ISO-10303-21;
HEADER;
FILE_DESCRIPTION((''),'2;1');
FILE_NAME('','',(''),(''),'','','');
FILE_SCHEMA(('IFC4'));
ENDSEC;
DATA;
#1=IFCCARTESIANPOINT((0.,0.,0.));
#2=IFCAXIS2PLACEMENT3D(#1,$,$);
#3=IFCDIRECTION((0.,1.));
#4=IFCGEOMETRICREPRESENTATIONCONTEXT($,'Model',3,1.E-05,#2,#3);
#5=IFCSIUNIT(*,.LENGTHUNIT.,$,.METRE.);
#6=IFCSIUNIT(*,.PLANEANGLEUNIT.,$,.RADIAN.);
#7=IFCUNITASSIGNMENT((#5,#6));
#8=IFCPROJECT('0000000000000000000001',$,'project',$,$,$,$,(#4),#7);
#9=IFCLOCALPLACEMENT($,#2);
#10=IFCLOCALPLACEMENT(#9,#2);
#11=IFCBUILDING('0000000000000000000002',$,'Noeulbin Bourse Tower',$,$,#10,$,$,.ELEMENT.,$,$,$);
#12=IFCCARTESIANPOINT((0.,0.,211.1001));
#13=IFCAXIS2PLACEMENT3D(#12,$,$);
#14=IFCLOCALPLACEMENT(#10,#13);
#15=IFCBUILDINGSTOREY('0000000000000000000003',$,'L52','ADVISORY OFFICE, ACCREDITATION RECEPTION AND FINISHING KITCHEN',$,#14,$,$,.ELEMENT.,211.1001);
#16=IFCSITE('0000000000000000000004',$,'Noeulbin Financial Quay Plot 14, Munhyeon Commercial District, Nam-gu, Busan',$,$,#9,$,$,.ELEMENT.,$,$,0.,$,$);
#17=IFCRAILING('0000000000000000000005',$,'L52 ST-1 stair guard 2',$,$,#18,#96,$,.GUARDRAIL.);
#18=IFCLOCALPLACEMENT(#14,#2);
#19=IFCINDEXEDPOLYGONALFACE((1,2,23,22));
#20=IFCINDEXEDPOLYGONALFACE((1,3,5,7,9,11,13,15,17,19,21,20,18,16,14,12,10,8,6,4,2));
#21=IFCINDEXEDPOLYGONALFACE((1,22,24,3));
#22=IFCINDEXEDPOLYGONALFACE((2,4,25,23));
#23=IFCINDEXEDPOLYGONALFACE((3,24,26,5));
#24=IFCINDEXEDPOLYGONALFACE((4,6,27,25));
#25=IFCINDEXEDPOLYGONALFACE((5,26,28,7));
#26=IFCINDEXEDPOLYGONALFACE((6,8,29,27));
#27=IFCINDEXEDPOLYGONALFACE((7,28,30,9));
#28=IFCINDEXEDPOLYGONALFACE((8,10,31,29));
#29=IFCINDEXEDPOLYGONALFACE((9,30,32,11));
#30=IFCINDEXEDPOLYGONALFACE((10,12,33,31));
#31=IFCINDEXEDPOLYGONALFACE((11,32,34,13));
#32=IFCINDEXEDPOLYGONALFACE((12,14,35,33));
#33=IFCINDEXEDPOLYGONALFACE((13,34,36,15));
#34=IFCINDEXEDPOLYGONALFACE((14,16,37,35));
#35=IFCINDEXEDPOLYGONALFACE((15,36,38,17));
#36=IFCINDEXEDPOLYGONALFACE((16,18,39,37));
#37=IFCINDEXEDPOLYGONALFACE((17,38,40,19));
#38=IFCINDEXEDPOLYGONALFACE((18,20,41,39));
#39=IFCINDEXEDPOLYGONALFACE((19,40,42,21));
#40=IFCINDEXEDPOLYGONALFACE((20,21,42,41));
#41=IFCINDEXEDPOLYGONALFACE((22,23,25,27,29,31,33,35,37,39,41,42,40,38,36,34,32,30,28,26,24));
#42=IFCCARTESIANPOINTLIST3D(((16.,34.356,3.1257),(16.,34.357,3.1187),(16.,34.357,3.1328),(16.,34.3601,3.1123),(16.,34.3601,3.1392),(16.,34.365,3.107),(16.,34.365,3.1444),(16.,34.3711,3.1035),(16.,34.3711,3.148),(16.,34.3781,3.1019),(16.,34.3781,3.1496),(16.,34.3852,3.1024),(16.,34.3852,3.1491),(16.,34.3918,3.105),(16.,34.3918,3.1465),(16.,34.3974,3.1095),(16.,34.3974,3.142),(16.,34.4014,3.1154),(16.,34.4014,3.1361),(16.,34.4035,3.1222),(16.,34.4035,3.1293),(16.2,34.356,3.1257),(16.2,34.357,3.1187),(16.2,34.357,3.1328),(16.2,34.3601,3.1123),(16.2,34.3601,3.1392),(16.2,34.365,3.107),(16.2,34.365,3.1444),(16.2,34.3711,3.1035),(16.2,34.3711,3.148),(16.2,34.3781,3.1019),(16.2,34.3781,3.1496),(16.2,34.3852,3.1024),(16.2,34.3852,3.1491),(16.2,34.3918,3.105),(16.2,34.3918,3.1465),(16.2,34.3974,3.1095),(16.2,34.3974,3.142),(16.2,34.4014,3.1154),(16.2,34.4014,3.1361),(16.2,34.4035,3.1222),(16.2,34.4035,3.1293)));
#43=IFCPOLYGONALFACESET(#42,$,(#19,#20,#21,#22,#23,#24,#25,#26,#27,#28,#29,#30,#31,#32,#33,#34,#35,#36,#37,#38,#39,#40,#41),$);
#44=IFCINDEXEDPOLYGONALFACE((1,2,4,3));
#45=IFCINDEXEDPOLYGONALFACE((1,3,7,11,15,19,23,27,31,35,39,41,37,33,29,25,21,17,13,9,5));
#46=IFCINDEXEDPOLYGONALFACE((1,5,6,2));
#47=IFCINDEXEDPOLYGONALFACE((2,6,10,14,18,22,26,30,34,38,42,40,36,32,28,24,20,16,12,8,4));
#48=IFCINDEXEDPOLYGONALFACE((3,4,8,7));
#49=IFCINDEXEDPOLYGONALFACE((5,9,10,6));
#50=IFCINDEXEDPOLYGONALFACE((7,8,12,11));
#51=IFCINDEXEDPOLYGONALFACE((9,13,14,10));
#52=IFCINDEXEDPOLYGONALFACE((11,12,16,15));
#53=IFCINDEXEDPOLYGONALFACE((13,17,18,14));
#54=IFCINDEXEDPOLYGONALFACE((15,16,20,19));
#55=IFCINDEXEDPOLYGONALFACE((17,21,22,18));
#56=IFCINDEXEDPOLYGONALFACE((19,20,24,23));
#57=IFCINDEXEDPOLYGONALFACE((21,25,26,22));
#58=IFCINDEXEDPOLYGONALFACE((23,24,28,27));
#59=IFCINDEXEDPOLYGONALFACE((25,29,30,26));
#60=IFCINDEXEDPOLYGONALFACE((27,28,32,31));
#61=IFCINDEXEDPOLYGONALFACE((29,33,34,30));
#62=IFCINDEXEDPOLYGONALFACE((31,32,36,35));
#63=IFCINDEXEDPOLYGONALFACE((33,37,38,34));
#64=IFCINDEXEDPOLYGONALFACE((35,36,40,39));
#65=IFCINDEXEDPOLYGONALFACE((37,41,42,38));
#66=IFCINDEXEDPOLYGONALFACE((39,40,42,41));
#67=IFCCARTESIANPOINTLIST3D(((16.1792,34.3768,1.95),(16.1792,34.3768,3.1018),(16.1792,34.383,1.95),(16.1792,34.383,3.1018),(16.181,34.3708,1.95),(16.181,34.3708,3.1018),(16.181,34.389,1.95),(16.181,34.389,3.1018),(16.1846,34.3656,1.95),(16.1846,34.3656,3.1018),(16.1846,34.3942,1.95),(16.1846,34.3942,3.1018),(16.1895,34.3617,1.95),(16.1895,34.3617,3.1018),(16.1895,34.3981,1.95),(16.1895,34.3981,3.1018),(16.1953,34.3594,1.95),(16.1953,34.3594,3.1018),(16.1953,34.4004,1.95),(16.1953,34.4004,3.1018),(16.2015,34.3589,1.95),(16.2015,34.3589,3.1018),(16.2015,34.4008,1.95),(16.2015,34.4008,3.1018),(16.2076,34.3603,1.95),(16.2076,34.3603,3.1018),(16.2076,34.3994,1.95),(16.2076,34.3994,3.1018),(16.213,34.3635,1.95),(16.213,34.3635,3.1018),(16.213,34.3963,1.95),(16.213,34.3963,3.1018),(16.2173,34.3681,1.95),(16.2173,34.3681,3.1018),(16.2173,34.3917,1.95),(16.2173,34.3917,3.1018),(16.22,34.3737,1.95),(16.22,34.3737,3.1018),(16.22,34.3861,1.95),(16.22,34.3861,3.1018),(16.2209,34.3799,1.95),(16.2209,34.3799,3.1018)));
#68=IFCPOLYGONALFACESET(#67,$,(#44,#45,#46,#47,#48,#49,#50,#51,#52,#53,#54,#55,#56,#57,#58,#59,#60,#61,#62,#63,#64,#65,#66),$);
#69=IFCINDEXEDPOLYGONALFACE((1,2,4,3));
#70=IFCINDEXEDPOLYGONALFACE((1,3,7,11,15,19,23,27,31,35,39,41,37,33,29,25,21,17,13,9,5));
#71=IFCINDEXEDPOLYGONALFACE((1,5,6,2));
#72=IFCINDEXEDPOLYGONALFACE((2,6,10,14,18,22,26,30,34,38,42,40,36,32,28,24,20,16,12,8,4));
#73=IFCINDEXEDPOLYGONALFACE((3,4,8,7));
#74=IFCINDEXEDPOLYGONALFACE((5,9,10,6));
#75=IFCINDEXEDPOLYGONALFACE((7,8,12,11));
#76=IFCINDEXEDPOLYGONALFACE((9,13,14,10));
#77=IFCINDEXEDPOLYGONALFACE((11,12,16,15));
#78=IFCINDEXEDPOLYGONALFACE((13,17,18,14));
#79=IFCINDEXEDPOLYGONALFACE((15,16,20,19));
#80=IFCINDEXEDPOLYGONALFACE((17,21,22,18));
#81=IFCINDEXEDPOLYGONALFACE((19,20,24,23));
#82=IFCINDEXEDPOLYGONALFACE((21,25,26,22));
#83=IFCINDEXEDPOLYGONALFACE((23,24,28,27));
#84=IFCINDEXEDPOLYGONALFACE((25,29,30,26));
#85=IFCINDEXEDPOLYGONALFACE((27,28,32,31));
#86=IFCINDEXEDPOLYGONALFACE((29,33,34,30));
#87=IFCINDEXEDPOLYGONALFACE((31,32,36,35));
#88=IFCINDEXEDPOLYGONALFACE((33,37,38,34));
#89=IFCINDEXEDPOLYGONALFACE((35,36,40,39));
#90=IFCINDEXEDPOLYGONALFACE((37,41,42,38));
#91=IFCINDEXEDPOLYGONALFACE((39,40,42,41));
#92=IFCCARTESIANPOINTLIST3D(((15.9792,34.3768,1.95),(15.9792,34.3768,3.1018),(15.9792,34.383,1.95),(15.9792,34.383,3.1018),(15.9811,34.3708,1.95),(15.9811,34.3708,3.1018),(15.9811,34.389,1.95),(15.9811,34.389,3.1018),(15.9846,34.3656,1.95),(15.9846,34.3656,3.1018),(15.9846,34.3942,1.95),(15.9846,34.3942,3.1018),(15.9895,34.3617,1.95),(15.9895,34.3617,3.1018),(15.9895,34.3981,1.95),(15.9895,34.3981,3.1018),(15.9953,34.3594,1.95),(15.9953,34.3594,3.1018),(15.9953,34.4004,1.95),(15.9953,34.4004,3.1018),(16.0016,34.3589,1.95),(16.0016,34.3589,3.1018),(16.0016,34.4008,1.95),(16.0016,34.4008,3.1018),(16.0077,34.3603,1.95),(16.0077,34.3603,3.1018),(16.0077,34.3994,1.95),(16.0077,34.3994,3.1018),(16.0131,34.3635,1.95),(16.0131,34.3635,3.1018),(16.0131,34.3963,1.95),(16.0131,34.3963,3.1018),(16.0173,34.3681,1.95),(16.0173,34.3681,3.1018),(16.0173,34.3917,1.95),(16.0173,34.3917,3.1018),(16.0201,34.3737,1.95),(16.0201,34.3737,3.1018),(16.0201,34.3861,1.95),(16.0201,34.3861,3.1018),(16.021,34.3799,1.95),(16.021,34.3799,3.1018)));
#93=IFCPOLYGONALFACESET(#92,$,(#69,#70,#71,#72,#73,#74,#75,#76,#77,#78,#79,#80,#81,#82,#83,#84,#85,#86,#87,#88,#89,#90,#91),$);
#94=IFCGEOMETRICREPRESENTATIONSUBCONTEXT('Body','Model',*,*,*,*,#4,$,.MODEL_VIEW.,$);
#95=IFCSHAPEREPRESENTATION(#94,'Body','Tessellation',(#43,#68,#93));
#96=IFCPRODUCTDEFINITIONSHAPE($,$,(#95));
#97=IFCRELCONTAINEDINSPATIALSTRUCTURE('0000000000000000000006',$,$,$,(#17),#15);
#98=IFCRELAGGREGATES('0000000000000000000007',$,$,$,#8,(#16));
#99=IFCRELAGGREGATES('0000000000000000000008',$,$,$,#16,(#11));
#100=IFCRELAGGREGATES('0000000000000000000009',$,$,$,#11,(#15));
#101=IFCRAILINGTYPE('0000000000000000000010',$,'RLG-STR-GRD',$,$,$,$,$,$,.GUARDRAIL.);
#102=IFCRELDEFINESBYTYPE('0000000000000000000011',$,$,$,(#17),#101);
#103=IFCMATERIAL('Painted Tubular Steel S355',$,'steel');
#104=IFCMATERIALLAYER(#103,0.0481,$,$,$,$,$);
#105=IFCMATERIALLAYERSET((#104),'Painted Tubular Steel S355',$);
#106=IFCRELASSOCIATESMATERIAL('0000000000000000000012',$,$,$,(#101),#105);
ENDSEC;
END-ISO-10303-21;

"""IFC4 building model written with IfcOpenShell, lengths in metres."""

from ifc_helpers import new_model, si_unit, direction, frame, origin, origin_2d, place, context, subcontext, project, spatial, circle, extrude, material, layer, layer_set, type_object, element, save


model = new_model("IFC4")

# Units and contexts
model_context = context("Model", 3, precision=1e-05, world=origin(), true_north=direction((0.0, 1.0)))
body_context = subcontext(model_context, "Body", "Model", "MODEL_VIEW")
ifc_project = project(units=[si_unit("LENGTHUNIT", "METRE"), si_unit("PLANEANGLEUNIT", "RADIAN")], contexts=[model_context])

# Site, building, storey
site_placement = place(None, origin())
site = spatial("IfcSite", under=ifc_project, at=site_placement, Name="Noeulbin Financial Quay Plot 14, Munhyeon Commercial District, Nam-gu, Busan", CompositionType="ELEMENT", RefElevation=0.0)
building_placement = place(site_placement, origin())
building = spatial("IfcBuilding", under=site, at=building_placement, Name="Noeulbin Bourse Tower", CompositionType="ELEMENT")
storey_placement = place(building_placement, frame((0.0, 0.0, 211.1001)))
storey = spatial("IfcBuildingStorey", under=building, at=storey_placement, Name="L52", Description="ADVISORY OFFICE, ACCREDITATION RECEPTION AND FINISHING KITCHEN", CompositionType="ELEMENT", Elevation=211.1001)

# Railing
ifc_material_1 = material(Name="Painted Tubular Steel S355", Category="steel")
ifc_layer_1 = layer(ifc_material_1, 0.0481)
ifc_layer_set_1 = layer_set([ifc_layer_1], Name="Painted Tubular Steel S355")
railing_type_1 = type_object("IfcRailingType", Name="RLG-STR-GRD", PredefinedType="GUARDRAIL", material=ifc_layer_set_1)
railing_1_placement = place(storey_placement, frame((16.2, 34.3799, 1.95)))
element("IfcRailing", 1, at=railing_1_placement, inside=storey, type_object=railing_type_1, Name="L52 ST-1 stair guard 2", PredefinedType="GUARDRAIL", context=body_context, shape_type="SweptSolid", body=[
    extrude(circle(Radius=0.0239, at=origin_2d()), frame((0.0, 0.0, 1.1758), z_axis=(-1.0, 0.0, 0.0), x_axis=(0.0, -1.0, 0.0)), (0.0, 0.0, 1.0), 0.2),
    extrude(circle(Radius=0.021, at=origin_2d()), origin(), (0.0, 0.0, 1.0), 1.1519),
    extrude(circle(Radius=0.021, at=origin_2d()), frame((-0.2, 0.0, 0.0)), (0.0, 0.0, 1.0), 1.1519),
])

save(model, "model.ifc")
